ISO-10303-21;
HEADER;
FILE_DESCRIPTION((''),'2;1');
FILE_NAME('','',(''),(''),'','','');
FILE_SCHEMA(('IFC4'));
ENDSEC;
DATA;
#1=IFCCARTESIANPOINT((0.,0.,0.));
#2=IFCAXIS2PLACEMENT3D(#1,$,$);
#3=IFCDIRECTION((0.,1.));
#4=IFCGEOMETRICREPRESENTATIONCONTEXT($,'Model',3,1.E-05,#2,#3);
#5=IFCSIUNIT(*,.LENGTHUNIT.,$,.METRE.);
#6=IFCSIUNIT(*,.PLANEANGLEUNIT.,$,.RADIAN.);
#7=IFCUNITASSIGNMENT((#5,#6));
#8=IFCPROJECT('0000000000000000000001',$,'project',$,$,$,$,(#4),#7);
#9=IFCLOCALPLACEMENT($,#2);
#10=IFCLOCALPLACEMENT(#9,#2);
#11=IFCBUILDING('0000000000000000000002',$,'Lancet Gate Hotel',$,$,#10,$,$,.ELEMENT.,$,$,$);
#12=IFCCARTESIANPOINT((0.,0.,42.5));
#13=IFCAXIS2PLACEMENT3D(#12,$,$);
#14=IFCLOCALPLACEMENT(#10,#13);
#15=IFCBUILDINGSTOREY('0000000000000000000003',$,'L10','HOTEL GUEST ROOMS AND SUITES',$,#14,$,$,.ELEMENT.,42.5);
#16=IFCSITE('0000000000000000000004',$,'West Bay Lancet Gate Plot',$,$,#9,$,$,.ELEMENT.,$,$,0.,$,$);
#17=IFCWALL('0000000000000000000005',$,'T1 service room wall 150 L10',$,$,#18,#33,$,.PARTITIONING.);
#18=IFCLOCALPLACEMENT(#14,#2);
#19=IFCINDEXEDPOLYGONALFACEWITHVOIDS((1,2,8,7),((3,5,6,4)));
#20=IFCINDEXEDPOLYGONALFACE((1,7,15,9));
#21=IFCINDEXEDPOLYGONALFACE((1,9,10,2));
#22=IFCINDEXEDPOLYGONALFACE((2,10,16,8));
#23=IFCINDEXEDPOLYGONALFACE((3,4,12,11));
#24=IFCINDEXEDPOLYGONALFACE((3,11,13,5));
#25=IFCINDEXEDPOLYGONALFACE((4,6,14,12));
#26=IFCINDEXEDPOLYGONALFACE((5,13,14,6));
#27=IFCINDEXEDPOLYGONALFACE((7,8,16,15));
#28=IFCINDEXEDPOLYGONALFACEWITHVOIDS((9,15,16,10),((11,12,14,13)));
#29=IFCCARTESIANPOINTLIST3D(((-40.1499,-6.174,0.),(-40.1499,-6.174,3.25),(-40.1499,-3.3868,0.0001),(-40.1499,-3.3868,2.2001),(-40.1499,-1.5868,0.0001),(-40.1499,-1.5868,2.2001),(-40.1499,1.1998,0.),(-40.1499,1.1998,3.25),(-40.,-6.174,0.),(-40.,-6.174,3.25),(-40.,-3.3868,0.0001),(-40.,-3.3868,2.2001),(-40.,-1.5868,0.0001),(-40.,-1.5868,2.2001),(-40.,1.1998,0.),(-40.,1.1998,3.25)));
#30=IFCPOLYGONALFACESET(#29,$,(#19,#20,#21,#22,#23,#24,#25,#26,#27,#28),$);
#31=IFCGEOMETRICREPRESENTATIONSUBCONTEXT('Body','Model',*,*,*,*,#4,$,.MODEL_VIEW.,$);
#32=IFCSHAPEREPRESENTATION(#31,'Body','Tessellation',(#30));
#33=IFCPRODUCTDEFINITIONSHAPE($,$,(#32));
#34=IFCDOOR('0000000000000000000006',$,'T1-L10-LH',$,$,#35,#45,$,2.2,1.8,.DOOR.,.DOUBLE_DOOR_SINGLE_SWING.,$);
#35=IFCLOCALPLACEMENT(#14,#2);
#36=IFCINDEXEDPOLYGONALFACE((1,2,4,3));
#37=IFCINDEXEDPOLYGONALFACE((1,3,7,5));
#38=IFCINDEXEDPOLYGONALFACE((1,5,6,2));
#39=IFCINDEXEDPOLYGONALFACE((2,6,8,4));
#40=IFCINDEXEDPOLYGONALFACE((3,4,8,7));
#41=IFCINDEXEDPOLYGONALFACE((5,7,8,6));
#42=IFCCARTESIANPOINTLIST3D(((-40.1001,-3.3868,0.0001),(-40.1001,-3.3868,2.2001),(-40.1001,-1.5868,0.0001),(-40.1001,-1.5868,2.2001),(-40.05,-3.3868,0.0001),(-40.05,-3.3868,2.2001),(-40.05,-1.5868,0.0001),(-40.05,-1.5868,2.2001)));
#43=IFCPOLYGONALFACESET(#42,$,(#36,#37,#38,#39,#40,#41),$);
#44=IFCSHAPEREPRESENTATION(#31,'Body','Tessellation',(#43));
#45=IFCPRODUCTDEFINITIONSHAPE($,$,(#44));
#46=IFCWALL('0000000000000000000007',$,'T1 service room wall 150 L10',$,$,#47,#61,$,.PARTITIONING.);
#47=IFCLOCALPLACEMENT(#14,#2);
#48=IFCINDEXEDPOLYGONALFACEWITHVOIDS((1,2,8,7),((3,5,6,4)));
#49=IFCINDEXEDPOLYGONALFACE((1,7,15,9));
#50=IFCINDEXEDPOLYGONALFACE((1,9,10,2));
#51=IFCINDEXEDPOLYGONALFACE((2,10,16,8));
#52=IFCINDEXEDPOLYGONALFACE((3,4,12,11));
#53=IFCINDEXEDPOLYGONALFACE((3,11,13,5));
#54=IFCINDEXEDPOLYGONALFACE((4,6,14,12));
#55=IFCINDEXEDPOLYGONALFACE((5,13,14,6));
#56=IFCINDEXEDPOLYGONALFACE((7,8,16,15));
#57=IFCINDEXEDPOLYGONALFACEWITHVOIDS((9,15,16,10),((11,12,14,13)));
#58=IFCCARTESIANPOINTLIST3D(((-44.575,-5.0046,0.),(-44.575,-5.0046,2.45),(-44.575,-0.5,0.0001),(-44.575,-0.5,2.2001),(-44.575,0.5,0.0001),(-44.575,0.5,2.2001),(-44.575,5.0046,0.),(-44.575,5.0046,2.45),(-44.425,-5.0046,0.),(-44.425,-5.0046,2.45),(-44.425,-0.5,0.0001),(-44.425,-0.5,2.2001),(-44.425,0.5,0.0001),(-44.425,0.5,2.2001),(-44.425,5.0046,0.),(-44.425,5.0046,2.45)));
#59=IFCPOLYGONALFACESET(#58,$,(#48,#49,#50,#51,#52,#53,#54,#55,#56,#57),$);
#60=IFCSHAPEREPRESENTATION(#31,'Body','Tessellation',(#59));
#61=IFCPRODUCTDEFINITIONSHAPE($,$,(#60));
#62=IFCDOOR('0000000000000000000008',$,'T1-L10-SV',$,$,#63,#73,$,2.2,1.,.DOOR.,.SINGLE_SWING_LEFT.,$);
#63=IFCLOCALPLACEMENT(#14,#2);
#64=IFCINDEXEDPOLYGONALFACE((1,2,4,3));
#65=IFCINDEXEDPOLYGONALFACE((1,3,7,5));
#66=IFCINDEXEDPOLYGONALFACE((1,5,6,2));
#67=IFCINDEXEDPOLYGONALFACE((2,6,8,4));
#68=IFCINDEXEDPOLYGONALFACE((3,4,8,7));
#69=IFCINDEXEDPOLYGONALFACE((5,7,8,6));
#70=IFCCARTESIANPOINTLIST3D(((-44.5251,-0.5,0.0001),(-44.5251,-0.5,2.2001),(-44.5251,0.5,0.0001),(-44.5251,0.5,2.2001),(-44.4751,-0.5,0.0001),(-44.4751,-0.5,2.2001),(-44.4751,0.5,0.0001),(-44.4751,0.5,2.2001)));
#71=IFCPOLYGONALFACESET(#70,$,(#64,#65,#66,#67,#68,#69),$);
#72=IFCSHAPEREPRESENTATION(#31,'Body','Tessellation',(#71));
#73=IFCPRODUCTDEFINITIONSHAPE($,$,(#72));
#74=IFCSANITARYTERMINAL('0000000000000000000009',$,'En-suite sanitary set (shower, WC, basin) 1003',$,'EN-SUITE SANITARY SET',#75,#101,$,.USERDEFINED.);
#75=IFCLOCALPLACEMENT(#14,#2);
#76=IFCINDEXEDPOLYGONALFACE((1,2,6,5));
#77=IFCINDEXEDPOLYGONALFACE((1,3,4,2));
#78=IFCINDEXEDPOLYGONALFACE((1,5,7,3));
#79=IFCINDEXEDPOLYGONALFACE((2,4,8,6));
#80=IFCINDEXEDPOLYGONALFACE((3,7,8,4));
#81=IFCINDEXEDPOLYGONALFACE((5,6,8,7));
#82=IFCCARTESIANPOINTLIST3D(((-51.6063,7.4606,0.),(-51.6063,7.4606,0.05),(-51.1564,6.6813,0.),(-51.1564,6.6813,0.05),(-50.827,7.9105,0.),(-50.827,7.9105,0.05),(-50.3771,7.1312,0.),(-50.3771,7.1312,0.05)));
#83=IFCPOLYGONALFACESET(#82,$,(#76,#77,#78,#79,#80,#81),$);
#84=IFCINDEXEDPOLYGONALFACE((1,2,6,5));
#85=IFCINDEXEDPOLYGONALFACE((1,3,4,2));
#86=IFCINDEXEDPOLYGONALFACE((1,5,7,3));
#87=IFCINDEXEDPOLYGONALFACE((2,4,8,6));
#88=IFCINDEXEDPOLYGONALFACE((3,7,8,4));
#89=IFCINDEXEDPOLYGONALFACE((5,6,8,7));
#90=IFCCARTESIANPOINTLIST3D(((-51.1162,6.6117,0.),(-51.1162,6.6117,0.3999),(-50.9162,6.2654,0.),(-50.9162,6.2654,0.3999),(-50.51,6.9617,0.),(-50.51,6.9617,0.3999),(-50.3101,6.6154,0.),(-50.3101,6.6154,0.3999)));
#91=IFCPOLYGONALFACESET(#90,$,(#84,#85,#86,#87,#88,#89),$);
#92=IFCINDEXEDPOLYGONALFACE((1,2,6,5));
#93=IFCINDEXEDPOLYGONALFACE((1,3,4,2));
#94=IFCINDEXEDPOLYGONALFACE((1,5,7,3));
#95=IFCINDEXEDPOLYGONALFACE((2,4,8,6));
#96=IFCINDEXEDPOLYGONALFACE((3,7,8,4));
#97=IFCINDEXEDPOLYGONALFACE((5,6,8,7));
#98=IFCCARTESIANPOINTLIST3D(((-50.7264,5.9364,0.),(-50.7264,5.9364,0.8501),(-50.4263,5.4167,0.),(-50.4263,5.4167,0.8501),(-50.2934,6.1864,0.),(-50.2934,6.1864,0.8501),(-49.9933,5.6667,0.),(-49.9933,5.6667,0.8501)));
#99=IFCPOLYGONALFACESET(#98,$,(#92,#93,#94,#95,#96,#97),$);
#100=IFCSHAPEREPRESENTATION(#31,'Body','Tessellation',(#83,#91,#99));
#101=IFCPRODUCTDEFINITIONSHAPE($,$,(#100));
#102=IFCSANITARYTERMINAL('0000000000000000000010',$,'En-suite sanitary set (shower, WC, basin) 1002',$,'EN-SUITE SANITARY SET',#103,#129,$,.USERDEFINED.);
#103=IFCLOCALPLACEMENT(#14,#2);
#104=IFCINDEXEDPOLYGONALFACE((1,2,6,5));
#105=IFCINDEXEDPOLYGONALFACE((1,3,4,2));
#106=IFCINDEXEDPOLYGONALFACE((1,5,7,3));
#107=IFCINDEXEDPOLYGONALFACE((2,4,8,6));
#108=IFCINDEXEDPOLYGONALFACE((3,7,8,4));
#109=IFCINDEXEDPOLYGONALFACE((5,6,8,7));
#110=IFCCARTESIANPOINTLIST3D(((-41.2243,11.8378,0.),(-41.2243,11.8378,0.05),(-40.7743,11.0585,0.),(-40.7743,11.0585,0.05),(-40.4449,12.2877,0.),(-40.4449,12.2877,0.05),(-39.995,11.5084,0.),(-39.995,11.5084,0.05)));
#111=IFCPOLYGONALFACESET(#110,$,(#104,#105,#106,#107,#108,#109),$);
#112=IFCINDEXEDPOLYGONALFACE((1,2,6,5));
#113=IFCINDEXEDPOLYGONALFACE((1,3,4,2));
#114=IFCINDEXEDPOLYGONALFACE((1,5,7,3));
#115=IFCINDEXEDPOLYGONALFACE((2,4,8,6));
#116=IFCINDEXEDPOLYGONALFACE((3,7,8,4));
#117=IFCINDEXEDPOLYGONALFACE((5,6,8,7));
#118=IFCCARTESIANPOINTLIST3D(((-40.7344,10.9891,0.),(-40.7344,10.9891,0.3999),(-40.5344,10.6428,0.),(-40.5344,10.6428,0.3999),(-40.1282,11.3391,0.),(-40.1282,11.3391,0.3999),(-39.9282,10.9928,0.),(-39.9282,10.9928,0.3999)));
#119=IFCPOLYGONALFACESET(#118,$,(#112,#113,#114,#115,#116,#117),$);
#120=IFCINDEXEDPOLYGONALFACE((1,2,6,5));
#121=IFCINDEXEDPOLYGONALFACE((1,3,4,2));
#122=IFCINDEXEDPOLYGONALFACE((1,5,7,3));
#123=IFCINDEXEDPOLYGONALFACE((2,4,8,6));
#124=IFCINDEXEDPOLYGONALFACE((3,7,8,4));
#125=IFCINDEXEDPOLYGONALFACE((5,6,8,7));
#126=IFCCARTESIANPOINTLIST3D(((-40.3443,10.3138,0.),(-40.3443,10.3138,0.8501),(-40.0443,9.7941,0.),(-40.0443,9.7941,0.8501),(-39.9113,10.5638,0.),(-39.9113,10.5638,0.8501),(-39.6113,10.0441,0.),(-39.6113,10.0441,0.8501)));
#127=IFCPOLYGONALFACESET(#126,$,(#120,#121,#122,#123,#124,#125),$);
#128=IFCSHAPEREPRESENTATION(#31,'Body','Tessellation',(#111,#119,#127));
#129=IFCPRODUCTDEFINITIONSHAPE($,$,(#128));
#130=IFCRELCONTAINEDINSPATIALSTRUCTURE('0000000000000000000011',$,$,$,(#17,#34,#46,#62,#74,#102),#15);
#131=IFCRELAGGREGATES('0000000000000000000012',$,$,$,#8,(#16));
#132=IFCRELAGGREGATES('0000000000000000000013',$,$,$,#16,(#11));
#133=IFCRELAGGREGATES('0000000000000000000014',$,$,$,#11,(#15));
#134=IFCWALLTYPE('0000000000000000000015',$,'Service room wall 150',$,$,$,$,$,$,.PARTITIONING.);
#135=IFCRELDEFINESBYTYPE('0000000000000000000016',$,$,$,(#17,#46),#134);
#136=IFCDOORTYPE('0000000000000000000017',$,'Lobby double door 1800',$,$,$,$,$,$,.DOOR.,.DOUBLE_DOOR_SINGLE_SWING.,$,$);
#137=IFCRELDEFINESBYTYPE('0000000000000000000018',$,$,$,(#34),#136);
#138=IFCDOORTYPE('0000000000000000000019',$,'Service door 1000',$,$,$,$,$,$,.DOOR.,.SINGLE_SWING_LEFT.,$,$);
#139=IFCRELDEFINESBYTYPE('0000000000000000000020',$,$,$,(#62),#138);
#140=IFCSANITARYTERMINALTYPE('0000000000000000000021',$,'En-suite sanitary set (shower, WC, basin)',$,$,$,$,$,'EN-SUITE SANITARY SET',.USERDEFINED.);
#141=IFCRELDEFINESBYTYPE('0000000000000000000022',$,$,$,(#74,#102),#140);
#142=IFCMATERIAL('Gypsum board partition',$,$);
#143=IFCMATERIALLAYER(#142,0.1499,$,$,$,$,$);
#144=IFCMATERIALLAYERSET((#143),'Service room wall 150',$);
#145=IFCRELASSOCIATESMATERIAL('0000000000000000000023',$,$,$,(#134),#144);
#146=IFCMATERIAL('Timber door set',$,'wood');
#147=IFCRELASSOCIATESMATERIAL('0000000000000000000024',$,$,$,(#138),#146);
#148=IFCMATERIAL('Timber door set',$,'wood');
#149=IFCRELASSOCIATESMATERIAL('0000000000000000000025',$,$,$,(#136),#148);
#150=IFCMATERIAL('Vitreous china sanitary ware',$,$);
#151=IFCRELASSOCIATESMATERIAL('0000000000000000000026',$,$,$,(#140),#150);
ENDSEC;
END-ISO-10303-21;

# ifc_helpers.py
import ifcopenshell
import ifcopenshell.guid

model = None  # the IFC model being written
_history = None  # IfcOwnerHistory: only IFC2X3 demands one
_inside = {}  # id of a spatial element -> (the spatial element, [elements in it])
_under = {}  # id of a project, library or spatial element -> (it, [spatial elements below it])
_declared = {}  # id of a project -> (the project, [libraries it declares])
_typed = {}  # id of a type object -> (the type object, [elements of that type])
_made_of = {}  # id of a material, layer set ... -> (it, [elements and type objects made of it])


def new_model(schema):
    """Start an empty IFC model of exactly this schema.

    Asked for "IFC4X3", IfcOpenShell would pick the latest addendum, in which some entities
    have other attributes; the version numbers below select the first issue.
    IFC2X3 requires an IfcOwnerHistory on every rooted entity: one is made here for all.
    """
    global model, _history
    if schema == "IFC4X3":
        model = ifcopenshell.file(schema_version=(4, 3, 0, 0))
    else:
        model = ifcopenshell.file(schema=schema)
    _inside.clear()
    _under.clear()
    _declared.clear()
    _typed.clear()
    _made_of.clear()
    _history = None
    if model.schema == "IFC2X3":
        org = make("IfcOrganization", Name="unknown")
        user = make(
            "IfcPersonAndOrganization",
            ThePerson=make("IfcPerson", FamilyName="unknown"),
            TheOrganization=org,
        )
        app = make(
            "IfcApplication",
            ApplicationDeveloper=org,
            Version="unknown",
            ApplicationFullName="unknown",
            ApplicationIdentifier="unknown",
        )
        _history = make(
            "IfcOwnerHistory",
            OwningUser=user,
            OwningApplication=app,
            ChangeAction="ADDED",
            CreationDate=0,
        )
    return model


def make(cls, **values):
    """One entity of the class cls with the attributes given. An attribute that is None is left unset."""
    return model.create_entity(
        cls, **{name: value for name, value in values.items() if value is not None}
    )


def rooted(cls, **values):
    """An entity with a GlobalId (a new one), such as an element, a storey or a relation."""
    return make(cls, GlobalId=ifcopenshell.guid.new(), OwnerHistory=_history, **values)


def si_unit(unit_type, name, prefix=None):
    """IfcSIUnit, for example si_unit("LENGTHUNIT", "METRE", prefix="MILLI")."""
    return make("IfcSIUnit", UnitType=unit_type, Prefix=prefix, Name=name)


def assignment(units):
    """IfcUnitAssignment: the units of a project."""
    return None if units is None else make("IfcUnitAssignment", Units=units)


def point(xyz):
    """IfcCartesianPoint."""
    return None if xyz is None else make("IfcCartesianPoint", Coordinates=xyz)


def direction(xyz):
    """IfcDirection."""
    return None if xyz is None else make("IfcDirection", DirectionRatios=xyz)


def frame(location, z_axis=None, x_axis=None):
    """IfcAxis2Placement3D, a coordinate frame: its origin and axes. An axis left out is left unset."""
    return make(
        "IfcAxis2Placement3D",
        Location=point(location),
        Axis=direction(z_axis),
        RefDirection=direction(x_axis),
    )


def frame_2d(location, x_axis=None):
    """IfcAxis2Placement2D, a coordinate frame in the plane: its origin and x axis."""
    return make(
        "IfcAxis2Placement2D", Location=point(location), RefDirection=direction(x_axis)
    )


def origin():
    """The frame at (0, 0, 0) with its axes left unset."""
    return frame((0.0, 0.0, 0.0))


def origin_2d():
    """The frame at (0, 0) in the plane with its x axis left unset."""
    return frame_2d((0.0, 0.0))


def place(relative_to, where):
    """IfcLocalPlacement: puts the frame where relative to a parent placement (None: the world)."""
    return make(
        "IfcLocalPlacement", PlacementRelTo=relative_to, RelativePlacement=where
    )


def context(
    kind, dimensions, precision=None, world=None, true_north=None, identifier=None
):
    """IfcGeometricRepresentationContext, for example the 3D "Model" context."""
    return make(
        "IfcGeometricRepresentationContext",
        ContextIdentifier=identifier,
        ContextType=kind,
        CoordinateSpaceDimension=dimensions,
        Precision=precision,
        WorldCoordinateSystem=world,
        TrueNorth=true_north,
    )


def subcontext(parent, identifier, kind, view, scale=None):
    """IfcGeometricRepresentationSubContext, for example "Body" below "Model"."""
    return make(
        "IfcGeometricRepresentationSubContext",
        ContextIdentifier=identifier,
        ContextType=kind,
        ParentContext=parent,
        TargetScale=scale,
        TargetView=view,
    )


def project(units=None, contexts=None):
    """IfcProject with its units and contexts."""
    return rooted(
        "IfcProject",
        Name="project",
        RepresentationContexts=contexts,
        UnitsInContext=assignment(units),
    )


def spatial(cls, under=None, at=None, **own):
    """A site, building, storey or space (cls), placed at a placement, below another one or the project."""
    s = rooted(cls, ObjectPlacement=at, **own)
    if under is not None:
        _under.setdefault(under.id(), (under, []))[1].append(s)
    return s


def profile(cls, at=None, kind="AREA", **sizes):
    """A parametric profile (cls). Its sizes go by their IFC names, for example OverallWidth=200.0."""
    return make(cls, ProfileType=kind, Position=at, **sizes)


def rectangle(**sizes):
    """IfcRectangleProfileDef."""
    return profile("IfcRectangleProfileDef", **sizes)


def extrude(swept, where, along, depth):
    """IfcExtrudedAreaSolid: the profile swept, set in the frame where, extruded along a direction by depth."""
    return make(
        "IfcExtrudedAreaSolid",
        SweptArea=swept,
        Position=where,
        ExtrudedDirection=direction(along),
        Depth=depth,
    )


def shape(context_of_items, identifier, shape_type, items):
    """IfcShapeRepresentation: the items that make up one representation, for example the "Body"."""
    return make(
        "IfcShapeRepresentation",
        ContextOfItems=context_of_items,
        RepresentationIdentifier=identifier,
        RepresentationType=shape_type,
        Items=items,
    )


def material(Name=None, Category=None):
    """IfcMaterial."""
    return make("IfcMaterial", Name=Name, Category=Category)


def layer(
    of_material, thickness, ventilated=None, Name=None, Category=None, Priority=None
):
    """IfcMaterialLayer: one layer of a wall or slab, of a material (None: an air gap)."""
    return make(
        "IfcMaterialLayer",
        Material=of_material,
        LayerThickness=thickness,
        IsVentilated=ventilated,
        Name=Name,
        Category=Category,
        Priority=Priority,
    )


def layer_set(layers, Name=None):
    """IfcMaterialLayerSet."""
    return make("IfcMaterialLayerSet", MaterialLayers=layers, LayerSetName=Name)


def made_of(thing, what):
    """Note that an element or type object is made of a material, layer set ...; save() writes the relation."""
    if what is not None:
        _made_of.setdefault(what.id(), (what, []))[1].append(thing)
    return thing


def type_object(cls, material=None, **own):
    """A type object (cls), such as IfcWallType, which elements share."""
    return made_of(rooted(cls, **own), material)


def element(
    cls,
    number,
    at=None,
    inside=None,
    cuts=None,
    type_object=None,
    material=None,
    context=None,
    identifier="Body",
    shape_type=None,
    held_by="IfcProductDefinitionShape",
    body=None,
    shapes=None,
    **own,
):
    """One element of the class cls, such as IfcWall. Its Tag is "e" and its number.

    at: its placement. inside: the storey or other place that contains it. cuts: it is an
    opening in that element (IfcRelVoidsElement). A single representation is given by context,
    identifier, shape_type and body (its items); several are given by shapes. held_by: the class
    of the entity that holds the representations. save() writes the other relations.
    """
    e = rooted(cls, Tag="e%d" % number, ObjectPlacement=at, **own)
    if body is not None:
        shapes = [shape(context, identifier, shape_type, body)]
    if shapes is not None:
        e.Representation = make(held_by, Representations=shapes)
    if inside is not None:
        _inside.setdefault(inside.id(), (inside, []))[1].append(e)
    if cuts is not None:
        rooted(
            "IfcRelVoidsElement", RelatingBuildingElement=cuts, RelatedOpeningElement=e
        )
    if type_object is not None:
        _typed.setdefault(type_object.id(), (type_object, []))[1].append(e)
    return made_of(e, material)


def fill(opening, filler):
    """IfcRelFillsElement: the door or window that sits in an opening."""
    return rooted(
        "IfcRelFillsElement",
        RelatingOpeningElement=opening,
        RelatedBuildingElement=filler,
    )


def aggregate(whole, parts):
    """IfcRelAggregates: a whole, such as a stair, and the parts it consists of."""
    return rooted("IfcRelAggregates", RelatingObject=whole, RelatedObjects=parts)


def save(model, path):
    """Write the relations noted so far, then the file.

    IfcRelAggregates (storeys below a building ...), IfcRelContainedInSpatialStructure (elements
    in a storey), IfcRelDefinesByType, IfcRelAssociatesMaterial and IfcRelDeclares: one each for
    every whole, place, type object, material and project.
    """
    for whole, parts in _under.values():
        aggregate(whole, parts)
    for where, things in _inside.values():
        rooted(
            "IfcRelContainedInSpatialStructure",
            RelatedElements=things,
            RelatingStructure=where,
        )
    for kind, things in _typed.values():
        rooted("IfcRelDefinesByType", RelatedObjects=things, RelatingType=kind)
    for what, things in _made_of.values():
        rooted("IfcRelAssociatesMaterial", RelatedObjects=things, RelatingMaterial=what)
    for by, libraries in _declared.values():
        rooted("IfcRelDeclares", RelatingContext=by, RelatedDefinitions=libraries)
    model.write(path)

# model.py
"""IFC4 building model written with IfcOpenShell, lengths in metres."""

from ifc_helpers import new_model, si_unit, direction, frame, frame_2d, origin, origin_2d, place, context, subcontext, project, spatial, rectangle, extrude, material, layer, layer_set, type_object, element, fill, save


model = new_model("IFC4")

# Units and contexts
model_context = context("Model", 3, precision=1e-05, world=origin(), true_north=direction((0.0, 1.0)))
body_context = subcontext(model_context, "Body", "Model", "MODEL_VIEW")
ifc_project = project(units=[si_unit("LENGTHUNIT", "METRE"), si_unit("PLANEANGLEUNIT", "RADIAN")], contexts=[model_context])

# Site, building, storey
site_placement = place(None, origin())
site = spatial("IfcSite", under=ifc_project, at=site_placement, Name="West Bay Lancet Gate Plot", CompositionType="ELEMENT", RefElevation=0.0)
building_placement = place(site_placement, origin())
building = spatial("IfcBuilding", under=site, at=building_placement, Name="Lancet Gate Hotel", CompositionType="ELEMENT")
storey_placement = place(building_placement, frame((0.0, 0.0, 42.5)))
storey = spatial("IfcBuildingStorey", under=building, at=storey_placement, Name="L10", Description="HOTEL GUEST ROOMS AND SUITES", CompositionType="ELEMENT", Elevation=42.5)

# Walls, openings, doors
ifc_material_1 = material(Name="Gypsum board partition")
ifc_layer_1 = layer(ifc_material_1, 0.1499)
ifc_layer_set_1 = layer_set([ifc_layer_1], Name="Service room wall 150")
wall_type_1 = type_object("IfcWallType", Name="Service room wall 150", PredefinedType="PARTITIONING", material=ifc_layer_set_1)
ifc_material_2 = material(Name="Timber door set", Category="wood")
door_type_1 = type_object("IfcDoorType", Name="Service door 1000", OperationType="SINGLE_SWING_LEFT", PredefinedType="DOOR", material=ifc_material_2)
wall_1_placement = place(storey_placement, frame((-40.075, 1.2, 0.0), z_axis=(0.0, 0.0, 1.0), x_axis=(0.0, -1.0, 0.0)))
wall_1 = element("IfcWall", 1, at=wall_1_placement, inside=storey, type_object=wall_type_1, Name="T1 service room wall 150 L10", PredefinedType="PARTITIONING", context=body_context, shape_type="SweptSolid", body=[
    extrude(rectangle(XDim=7.3738, YDim=0.1499, at=frame_2d((3.687, 0.0))), origin(), (0.0, 0.0, 1.0), 3.25),
])
opening_1_placement = place(wall_1_placement, frame((2.7869, 0.0, 0.0)))
opening_1 = element("IfcOpeningElement", 2, at=opening_1_placement, cuts=wall_1, PredefinedType="OPENING", context=body_context, shape_type="SweptSolid", body=[
    extrude(rectangle(XDim=1.8, YDim=2.2, at=frame_2d((0.8999, 1.1001))), frame((0.0, 0.085, 0.0), z_axis=(0.0, -1.0, 0.0), x_axis=(1.0, 0.0, 0.0)), (0.0, 0.0, 1.0), 0.1699),
])
ifc_material_3 = material(Name="Timber door set", Category="wood")
door_type_2 = type_object("IfcDoorType", Name="Lobby double door 1800", OperationType="DOUBLE_DOOR_SINGLE_SWING", PredefinedType="DOOR", material=ifc_material_3)
door_1_placement = place(opening_1_placement, origin())
door_1 = element("IfcDoor", 3, at=door_1_placement, inside=storey, type_object=door_type_2, Name="T1-L10-LH", OperationType="DOUBLE_DOOR_SINGLE_SWING", OverallHeight=2.2, OverallWidth=1.8, PredefinedType="DOOR", context=body_context, shape_type="SweptSolid", body=[
    extrude(rectangle(XDim=1.8, YDim=2.2, at=frame_2d((0.8999, 1.1001))), frame((0.0, 0.0249, 0.0), z_axis=(0.0, -1.0, 0.0), x_axis=(1.0, 0.0, 0.0)), (0.0, 0.0, 1.0), 0.05),
])
fill(opening_1, door_1)
wall_2_placement = place(storey_placement, frame((-44.5, 5.0046, 0.0), z_axis=(0.0, 0.0, 1.0), x_axis=(0.0, -1.0, 0.0)))
wall_2 = element("IfcWall", 4, at=wall_2_placement, inside=storey, type_object=wall_type_1, Name="T1 service room wall 150 L10", PredefinedType="PARTITIONING", context=body_context, shape_type="SweptSolid", body=[
    extrude(rectangle(XDim=10.0093, YDim=0.1499, at=frame_2d((5.0046, 0.0))), origin(), (0.0, 0.0, 1.0), 2.45),
])
opening_2_placement = place(wall_2_placement, frame((4.5046, 0.0, 0.0)))
opening_2 = element("IfcOpeningElement", 5, at=opening_2_placement, cuts=wall_2, PredefinedType="OPENING", context=body_context, shape_type="SweptSolid", body=[
    extrude(rectangle(XDim=1.0, YDim=2.2, at=frame_2d((0.5, 1.1001))), frame((0.0, 0.085, 0.0), z_axis=(0.0, -1.0, 0.0), x_axis=(1.0, 0.0, 0.0)), (0.0, 0.0, 1.0), 0.1699),
])
door_2_placement = place(opening_2_placement, origin())
door_2 = element("IfcDoor", 6, at=door_2_placement, inside=storey, type_object=door_type_1, Name="T1-L10-SV", OperationType="SINGLE_SWING_LEFT", OverallHeight=2.2, OverallWidth=1.0, PredefinedType="DOOR", context=body_context, shape_type="SweptSolid", body=[
    extrude(rectangle(XDim=1.0, YDim=2.2, at=frame_2d((0.5, 1.1001))), frame((0.0, 0.0249, 0.0), z_axis=(0.0, -1.0, 0.0), x_axis=(1.0, 0.0, 0.0)), (0.0, 0.0, 1.0), 0.05),
])
fill(opening_2, door_2)

# Sanitary terminals
ifc_material_4 = material(Name="Vitreous china sanitary ware")
sanitary_terminal_type = type_object("IfcSanitaryTerminalType", Name="En-suite sanitary set (shower, WC, basin)", ElementType="EN-SUITE SANITARY SET", PredefinedType="USERDEFINED", material=ifc_material_4)
sanitary_terminal_1_placement = place(storey_placement, frame((-50.9917, 7.2959, 0.0), z_axis=(0.0, 0.0, 1.0), x_axis=(1.0, 0.0, 0.0)))
element("IfcSanitaryTerminal", 7, at=sanitary_terminal_1_placement, inside=storey, type_object=sanitary_terminal_type, Name="En-suite sanitary set (shower, WC, basin) 1003", ObjectType="EN-SUITE SANITARY SET", PredefinedType="USERDEFINED", context=body_context, shape_type="SweptSolid", body=[
    extrude(rectangle(XDim=0.8999, YDim=0.8999, at=origin_2d()), frame((0.0, 0.0, 0.0), z_axis=(0.0, 0.0, 1.0), x_axis=(-0.5, 0.866025, 0.0)), (0.0, 0.0, 1.0), 0.05),
    extrude(rectangle(XDim=0.3999, YDim=0.7, at=origin_2d()), frame((0.2786, -0.6824, 0.0), z_axis=(0.0, 0.0, 1.0), x_axis=(-0.5, 0.866025, 0.0)), (0.0, 0.0, 1.0), 0.3999),
    extrude(rectangle(XDim=0.6001, YDim=0.5, at=origin_2d()), frame((0.6318, -1.4944, 0.0), z_axis=(0.0, 0.0, 1.0), x_axis=(-0.5, 0.866025, 0.0)), (0.0, 0.0, 1.0), 0.8501),
])
sanitary_terminal_2_placement = place(storey_placement, frame((-40.6096, 11.6731, 0.0), z_axis=(0.0, 0.0, 1.0), x_axis=(1.0, 0.0, 0.0)))
element("IfcSanitaryTerminal", 8, at=sanitary_terminal_2_placement, inside=storey, type_object=sanitary_terminal_type, Name="En-suite sanitary set (shower, WC, basin) 1002", ObjectType="EN-SUITE SANITARY SET", PredefinedType="USERDEFINED", context=body_context, shape_type="SweptSolid", body=[
    extrude(rectangle(XDim=0.8999, YDim=0.8999, at=origin_2d()), frame((0.0, 0.0, 0.0), z_axis=(0.0, 0.0, 1.0), x_axis=(-0.5, 0.866025, 0.0)), (0.0, 0.0, 1.0), 0.05),
    extrude(rectangle(XDim=0.3999, YDim=0.7, at=origin_2d()), frame((0.2783, -0.6821, 0.0), z_axis=(0.0, 0.0, 1.0), x_axis=(-0.5, 0.866025, 0.0)), (0.0, 0.0, 1.0), 0.3999),
    extrude(rectangle(XDim=0.6001, YDim=0.5, at=origin_2d()), frame((0.6318, -1.4941, 0.0), z_axis=(0.0, 0.0, 1.0), x_axis=(-0.5, 0.866025, 0.0)), (0.0, 0.0, 1.0), 0.8501),
])

save(model, "model.ifc")
